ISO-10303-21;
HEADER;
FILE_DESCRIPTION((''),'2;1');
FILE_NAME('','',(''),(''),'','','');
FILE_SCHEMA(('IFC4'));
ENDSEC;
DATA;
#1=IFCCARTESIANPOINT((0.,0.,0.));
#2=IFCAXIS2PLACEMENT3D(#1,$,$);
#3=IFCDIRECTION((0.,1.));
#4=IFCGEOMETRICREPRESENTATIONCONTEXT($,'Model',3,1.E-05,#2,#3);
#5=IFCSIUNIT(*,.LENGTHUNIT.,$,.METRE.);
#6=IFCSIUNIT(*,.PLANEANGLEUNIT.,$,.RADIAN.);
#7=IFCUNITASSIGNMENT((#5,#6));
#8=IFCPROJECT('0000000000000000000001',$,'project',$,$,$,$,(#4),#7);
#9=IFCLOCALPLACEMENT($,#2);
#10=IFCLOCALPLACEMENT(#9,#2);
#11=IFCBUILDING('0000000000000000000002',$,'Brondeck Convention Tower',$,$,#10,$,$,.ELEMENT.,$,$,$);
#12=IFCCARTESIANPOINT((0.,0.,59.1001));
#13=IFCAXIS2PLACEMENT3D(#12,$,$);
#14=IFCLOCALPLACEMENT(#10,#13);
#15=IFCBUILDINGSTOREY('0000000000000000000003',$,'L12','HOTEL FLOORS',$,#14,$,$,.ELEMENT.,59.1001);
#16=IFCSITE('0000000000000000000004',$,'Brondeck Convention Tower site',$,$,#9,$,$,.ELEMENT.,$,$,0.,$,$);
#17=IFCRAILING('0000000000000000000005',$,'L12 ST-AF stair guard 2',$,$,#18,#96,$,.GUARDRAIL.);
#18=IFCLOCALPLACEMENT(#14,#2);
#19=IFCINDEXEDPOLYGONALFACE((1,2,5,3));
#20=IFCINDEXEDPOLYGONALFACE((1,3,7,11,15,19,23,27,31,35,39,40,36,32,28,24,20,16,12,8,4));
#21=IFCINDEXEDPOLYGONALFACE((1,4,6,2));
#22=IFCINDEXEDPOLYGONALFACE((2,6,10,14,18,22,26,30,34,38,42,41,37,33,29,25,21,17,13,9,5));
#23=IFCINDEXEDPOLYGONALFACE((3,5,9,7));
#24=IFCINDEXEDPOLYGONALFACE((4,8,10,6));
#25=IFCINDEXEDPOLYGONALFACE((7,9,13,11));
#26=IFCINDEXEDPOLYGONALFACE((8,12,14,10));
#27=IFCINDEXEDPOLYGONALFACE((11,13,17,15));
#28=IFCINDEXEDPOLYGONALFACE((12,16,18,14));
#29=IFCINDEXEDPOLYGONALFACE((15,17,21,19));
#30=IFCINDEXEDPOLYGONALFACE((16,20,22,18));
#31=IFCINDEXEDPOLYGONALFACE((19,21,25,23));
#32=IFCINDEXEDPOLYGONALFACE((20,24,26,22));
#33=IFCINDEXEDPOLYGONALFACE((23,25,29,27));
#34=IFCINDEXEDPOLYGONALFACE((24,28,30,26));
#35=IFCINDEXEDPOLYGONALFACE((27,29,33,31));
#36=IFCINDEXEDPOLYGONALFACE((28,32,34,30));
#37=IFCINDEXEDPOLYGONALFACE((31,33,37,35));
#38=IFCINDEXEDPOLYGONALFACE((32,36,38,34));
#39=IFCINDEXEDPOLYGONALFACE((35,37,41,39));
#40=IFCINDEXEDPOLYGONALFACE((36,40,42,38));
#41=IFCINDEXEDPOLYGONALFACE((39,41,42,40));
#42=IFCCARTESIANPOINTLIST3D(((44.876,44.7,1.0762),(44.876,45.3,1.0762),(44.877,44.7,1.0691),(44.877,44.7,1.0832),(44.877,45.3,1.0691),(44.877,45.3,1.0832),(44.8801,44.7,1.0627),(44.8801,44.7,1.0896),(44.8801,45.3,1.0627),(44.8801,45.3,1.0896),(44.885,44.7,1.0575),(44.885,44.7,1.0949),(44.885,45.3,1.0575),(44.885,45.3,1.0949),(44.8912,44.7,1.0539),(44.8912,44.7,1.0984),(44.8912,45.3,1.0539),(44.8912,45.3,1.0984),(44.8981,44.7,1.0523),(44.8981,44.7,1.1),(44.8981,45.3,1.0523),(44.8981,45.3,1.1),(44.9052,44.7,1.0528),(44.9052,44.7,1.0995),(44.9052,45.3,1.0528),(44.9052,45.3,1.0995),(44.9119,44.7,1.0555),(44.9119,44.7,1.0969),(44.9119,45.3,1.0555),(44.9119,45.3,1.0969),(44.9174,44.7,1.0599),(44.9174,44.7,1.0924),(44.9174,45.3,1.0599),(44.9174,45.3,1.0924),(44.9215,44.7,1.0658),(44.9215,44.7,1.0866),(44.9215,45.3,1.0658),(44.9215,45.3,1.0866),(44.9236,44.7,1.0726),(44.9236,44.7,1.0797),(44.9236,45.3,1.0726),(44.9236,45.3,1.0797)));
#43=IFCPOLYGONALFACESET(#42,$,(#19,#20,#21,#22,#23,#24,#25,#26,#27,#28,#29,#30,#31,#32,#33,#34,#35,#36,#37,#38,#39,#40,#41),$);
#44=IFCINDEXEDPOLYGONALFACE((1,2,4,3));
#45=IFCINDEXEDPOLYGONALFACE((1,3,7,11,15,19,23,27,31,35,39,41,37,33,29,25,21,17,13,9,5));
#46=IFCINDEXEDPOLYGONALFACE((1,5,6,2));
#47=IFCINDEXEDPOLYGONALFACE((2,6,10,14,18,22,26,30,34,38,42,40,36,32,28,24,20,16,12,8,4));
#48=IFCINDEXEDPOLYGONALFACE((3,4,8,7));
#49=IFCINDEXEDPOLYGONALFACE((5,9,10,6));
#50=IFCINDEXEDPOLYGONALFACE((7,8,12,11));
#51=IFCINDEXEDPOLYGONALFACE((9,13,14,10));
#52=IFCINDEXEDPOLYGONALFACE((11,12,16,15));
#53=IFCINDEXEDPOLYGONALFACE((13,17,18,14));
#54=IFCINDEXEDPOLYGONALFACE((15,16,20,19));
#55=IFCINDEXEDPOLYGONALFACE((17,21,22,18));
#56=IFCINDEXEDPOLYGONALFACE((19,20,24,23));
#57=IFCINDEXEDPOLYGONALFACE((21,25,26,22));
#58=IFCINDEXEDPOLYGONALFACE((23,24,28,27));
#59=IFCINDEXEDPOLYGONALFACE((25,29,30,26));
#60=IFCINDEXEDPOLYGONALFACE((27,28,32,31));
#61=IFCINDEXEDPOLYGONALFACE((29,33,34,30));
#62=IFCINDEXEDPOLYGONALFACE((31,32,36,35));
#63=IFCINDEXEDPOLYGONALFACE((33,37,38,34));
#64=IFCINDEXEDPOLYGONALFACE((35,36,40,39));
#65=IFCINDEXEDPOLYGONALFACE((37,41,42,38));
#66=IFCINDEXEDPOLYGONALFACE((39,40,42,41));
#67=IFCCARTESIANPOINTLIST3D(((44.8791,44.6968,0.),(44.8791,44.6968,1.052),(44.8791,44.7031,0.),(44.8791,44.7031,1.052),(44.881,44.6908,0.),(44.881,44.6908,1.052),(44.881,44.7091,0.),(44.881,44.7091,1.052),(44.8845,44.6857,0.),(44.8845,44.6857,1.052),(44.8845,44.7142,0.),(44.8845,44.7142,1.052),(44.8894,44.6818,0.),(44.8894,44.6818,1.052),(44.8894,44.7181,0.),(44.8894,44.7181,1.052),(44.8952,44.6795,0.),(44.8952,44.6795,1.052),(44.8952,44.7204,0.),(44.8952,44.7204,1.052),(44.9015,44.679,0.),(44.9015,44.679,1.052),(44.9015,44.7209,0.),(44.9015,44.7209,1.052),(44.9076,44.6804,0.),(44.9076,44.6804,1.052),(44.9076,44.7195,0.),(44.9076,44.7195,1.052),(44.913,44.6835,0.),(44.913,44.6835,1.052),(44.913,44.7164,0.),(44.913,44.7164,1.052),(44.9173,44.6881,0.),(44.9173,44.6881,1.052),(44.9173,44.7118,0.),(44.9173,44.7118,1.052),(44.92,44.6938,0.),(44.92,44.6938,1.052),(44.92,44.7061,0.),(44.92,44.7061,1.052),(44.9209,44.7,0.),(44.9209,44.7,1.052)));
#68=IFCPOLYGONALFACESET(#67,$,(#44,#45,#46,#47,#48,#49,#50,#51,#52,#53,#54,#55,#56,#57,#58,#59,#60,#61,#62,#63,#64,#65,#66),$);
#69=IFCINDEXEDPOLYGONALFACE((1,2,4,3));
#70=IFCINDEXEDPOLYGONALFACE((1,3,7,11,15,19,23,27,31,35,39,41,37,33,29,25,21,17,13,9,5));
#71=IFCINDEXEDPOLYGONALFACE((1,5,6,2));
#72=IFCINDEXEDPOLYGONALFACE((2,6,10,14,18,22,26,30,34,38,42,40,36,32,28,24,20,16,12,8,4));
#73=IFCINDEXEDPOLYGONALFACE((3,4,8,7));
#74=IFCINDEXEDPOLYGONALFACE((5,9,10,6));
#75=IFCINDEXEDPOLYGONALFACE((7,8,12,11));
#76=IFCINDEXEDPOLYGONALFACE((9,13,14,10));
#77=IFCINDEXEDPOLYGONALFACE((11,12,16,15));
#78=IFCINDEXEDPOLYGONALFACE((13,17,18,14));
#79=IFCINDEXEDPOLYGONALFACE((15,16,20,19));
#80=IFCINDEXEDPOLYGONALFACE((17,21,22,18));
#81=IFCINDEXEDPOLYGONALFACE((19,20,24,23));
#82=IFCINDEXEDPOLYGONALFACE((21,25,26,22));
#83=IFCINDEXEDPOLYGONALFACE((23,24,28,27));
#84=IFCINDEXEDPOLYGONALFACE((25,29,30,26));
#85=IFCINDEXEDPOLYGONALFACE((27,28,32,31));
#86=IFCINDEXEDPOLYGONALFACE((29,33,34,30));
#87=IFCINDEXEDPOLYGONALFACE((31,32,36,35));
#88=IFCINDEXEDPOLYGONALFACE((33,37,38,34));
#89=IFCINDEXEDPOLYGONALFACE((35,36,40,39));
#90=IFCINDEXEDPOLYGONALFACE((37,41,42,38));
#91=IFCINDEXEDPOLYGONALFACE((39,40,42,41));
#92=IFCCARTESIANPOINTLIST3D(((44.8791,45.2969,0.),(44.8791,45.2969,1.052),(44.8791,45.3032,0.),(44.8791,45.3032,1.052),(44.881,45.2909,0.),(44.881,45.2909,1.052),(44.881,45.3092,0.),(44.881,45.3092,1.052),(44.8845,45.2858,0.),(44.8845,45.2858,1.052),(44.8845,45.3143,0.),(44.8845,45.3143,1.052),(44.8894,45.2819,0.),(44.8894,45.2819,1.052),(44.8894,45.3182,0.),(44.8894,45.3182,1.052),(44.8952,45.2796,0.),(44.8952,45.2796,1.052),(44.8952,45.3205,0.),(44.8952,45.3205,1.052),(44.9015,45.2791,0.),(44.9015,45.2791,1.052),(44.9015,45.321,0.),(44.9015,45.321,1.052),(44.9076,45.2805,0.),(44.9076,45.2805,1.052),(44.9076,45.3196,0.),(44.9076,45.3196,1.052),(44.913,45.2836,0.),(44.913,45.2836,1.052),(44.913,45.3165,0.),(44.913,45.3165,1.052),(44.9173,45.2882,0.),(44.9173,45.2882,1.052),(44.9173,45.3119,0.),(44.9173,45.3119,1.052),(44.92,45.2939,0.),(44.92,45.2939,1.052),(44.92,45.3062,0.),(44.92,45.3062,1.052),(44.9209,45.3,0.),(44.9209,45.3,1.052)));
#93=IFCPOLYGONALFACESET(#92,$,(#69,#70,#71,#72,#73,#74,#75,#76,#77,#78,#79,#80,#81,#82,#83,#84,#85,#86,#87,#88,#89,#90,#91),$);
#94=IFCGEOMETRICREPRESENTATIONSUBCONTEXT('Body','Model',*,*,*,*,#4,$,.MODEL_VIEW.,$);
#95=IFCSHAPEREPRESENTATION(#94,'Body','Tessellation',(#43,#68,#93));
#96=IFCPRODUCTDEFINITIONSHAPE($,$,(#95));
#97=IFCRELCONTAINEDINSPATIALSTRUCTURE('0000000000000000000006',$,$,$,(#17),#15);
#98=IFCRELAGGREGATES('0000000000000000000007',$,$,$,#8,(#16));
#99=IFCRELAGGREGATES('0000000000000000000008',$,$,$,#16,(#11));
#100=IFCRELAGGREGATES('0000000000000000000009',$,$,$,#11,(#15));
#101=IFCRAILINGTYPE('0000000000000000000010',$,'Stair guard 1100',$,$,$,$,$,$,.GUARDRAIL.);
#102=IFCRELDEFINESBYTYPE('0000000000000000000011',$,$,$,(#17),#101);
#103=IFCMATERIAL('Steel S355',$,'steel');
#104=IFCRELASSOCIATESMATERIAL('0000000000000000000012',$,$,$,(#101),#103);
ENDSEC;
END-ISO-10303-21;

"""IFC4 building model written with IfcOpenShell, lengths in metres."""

from ifc_helpers import new_model, si_unit, direction, frame, origin, origin_2d, place, context, subcontext, project, spatial, circle, extrude, material, type_object, element, save


model = new_model("IFC4")

# Units and contexts
model_context = context("Model", 3, precision=1e-05, world=origin(), true_north=direction((0.0, 1.0)))
body_context = subcontext(model_context, "Body", "Model", "MODEL_VIEW")
ifc_project = project(units=[si_unit("LENGTHUNIT", "METRE"), si_unit("PLANEANGLEUNIT", "RADIAN")], contexts=[model_context])

# Site, building, storey
site_placement = place(None, origin())
site = spatial("IfcSite", under=ifc_project, at=site_placement, Name="Brondeck Convention Tower site", CompositionType="ELEMENT", RefElevation=0.0)
building_placement = place(site_placement, origin())
building = spatial("IfcBuilding", under=site, at=building_placement, Name="Brondeck Convention Tower", CompositionType="ELEMENT")
storey_placement = place(building_placement, frame((0.0, 0.0, 59.1001)))
storey = spatial("IfcBuildingStorey", under=building, at=storey_placement, Name="L12", Description="HOTEL FLOORS", CompositionType="ELEMENT", Elevation=59.1001)

# Shared definitions
ifc_material_1 = material(Name="Steel S355", Category="steel")

# Railing
railing_type_1 = type_object("IfcRailingType", Name="Stair guard 1100", PredefinedType="GUARDRAIL", material=ifc_material_1)
railing_1_placement = place(storey_placement, frame((44.8999, 44.7, 0.0)))
element("IfcRailing", 1, at=railing_1_placement, inside=storey, type_object=railing_type_1, Name="L12 ST-AF stair guard 2", PredefinedType="GUARDRAIL", context=body_context, shape_type="SweptSolid", body=[
    extrude(circle(Radius=0.0239, at=origin_2d()), frame((0.0, 0.0, 1.0762), z_axis=(0.0, 1.0, 0.0), x_axis=(-1.0, 0.0, 0.0)), (0.0, 0.0, 1.0), 0.6001),
    extrude(circle(Radius=0.021, at=origin_2d()), origin(), (0.0, 0.0, 1.0), 1.052),
    extrude(circle(Radius=0.021, at=origin_2d()), frame((0.0, 0.6001, 0.0)), (0.0, 0.0, 1.0), 1.052),
])

save(model, "model.ifc")
